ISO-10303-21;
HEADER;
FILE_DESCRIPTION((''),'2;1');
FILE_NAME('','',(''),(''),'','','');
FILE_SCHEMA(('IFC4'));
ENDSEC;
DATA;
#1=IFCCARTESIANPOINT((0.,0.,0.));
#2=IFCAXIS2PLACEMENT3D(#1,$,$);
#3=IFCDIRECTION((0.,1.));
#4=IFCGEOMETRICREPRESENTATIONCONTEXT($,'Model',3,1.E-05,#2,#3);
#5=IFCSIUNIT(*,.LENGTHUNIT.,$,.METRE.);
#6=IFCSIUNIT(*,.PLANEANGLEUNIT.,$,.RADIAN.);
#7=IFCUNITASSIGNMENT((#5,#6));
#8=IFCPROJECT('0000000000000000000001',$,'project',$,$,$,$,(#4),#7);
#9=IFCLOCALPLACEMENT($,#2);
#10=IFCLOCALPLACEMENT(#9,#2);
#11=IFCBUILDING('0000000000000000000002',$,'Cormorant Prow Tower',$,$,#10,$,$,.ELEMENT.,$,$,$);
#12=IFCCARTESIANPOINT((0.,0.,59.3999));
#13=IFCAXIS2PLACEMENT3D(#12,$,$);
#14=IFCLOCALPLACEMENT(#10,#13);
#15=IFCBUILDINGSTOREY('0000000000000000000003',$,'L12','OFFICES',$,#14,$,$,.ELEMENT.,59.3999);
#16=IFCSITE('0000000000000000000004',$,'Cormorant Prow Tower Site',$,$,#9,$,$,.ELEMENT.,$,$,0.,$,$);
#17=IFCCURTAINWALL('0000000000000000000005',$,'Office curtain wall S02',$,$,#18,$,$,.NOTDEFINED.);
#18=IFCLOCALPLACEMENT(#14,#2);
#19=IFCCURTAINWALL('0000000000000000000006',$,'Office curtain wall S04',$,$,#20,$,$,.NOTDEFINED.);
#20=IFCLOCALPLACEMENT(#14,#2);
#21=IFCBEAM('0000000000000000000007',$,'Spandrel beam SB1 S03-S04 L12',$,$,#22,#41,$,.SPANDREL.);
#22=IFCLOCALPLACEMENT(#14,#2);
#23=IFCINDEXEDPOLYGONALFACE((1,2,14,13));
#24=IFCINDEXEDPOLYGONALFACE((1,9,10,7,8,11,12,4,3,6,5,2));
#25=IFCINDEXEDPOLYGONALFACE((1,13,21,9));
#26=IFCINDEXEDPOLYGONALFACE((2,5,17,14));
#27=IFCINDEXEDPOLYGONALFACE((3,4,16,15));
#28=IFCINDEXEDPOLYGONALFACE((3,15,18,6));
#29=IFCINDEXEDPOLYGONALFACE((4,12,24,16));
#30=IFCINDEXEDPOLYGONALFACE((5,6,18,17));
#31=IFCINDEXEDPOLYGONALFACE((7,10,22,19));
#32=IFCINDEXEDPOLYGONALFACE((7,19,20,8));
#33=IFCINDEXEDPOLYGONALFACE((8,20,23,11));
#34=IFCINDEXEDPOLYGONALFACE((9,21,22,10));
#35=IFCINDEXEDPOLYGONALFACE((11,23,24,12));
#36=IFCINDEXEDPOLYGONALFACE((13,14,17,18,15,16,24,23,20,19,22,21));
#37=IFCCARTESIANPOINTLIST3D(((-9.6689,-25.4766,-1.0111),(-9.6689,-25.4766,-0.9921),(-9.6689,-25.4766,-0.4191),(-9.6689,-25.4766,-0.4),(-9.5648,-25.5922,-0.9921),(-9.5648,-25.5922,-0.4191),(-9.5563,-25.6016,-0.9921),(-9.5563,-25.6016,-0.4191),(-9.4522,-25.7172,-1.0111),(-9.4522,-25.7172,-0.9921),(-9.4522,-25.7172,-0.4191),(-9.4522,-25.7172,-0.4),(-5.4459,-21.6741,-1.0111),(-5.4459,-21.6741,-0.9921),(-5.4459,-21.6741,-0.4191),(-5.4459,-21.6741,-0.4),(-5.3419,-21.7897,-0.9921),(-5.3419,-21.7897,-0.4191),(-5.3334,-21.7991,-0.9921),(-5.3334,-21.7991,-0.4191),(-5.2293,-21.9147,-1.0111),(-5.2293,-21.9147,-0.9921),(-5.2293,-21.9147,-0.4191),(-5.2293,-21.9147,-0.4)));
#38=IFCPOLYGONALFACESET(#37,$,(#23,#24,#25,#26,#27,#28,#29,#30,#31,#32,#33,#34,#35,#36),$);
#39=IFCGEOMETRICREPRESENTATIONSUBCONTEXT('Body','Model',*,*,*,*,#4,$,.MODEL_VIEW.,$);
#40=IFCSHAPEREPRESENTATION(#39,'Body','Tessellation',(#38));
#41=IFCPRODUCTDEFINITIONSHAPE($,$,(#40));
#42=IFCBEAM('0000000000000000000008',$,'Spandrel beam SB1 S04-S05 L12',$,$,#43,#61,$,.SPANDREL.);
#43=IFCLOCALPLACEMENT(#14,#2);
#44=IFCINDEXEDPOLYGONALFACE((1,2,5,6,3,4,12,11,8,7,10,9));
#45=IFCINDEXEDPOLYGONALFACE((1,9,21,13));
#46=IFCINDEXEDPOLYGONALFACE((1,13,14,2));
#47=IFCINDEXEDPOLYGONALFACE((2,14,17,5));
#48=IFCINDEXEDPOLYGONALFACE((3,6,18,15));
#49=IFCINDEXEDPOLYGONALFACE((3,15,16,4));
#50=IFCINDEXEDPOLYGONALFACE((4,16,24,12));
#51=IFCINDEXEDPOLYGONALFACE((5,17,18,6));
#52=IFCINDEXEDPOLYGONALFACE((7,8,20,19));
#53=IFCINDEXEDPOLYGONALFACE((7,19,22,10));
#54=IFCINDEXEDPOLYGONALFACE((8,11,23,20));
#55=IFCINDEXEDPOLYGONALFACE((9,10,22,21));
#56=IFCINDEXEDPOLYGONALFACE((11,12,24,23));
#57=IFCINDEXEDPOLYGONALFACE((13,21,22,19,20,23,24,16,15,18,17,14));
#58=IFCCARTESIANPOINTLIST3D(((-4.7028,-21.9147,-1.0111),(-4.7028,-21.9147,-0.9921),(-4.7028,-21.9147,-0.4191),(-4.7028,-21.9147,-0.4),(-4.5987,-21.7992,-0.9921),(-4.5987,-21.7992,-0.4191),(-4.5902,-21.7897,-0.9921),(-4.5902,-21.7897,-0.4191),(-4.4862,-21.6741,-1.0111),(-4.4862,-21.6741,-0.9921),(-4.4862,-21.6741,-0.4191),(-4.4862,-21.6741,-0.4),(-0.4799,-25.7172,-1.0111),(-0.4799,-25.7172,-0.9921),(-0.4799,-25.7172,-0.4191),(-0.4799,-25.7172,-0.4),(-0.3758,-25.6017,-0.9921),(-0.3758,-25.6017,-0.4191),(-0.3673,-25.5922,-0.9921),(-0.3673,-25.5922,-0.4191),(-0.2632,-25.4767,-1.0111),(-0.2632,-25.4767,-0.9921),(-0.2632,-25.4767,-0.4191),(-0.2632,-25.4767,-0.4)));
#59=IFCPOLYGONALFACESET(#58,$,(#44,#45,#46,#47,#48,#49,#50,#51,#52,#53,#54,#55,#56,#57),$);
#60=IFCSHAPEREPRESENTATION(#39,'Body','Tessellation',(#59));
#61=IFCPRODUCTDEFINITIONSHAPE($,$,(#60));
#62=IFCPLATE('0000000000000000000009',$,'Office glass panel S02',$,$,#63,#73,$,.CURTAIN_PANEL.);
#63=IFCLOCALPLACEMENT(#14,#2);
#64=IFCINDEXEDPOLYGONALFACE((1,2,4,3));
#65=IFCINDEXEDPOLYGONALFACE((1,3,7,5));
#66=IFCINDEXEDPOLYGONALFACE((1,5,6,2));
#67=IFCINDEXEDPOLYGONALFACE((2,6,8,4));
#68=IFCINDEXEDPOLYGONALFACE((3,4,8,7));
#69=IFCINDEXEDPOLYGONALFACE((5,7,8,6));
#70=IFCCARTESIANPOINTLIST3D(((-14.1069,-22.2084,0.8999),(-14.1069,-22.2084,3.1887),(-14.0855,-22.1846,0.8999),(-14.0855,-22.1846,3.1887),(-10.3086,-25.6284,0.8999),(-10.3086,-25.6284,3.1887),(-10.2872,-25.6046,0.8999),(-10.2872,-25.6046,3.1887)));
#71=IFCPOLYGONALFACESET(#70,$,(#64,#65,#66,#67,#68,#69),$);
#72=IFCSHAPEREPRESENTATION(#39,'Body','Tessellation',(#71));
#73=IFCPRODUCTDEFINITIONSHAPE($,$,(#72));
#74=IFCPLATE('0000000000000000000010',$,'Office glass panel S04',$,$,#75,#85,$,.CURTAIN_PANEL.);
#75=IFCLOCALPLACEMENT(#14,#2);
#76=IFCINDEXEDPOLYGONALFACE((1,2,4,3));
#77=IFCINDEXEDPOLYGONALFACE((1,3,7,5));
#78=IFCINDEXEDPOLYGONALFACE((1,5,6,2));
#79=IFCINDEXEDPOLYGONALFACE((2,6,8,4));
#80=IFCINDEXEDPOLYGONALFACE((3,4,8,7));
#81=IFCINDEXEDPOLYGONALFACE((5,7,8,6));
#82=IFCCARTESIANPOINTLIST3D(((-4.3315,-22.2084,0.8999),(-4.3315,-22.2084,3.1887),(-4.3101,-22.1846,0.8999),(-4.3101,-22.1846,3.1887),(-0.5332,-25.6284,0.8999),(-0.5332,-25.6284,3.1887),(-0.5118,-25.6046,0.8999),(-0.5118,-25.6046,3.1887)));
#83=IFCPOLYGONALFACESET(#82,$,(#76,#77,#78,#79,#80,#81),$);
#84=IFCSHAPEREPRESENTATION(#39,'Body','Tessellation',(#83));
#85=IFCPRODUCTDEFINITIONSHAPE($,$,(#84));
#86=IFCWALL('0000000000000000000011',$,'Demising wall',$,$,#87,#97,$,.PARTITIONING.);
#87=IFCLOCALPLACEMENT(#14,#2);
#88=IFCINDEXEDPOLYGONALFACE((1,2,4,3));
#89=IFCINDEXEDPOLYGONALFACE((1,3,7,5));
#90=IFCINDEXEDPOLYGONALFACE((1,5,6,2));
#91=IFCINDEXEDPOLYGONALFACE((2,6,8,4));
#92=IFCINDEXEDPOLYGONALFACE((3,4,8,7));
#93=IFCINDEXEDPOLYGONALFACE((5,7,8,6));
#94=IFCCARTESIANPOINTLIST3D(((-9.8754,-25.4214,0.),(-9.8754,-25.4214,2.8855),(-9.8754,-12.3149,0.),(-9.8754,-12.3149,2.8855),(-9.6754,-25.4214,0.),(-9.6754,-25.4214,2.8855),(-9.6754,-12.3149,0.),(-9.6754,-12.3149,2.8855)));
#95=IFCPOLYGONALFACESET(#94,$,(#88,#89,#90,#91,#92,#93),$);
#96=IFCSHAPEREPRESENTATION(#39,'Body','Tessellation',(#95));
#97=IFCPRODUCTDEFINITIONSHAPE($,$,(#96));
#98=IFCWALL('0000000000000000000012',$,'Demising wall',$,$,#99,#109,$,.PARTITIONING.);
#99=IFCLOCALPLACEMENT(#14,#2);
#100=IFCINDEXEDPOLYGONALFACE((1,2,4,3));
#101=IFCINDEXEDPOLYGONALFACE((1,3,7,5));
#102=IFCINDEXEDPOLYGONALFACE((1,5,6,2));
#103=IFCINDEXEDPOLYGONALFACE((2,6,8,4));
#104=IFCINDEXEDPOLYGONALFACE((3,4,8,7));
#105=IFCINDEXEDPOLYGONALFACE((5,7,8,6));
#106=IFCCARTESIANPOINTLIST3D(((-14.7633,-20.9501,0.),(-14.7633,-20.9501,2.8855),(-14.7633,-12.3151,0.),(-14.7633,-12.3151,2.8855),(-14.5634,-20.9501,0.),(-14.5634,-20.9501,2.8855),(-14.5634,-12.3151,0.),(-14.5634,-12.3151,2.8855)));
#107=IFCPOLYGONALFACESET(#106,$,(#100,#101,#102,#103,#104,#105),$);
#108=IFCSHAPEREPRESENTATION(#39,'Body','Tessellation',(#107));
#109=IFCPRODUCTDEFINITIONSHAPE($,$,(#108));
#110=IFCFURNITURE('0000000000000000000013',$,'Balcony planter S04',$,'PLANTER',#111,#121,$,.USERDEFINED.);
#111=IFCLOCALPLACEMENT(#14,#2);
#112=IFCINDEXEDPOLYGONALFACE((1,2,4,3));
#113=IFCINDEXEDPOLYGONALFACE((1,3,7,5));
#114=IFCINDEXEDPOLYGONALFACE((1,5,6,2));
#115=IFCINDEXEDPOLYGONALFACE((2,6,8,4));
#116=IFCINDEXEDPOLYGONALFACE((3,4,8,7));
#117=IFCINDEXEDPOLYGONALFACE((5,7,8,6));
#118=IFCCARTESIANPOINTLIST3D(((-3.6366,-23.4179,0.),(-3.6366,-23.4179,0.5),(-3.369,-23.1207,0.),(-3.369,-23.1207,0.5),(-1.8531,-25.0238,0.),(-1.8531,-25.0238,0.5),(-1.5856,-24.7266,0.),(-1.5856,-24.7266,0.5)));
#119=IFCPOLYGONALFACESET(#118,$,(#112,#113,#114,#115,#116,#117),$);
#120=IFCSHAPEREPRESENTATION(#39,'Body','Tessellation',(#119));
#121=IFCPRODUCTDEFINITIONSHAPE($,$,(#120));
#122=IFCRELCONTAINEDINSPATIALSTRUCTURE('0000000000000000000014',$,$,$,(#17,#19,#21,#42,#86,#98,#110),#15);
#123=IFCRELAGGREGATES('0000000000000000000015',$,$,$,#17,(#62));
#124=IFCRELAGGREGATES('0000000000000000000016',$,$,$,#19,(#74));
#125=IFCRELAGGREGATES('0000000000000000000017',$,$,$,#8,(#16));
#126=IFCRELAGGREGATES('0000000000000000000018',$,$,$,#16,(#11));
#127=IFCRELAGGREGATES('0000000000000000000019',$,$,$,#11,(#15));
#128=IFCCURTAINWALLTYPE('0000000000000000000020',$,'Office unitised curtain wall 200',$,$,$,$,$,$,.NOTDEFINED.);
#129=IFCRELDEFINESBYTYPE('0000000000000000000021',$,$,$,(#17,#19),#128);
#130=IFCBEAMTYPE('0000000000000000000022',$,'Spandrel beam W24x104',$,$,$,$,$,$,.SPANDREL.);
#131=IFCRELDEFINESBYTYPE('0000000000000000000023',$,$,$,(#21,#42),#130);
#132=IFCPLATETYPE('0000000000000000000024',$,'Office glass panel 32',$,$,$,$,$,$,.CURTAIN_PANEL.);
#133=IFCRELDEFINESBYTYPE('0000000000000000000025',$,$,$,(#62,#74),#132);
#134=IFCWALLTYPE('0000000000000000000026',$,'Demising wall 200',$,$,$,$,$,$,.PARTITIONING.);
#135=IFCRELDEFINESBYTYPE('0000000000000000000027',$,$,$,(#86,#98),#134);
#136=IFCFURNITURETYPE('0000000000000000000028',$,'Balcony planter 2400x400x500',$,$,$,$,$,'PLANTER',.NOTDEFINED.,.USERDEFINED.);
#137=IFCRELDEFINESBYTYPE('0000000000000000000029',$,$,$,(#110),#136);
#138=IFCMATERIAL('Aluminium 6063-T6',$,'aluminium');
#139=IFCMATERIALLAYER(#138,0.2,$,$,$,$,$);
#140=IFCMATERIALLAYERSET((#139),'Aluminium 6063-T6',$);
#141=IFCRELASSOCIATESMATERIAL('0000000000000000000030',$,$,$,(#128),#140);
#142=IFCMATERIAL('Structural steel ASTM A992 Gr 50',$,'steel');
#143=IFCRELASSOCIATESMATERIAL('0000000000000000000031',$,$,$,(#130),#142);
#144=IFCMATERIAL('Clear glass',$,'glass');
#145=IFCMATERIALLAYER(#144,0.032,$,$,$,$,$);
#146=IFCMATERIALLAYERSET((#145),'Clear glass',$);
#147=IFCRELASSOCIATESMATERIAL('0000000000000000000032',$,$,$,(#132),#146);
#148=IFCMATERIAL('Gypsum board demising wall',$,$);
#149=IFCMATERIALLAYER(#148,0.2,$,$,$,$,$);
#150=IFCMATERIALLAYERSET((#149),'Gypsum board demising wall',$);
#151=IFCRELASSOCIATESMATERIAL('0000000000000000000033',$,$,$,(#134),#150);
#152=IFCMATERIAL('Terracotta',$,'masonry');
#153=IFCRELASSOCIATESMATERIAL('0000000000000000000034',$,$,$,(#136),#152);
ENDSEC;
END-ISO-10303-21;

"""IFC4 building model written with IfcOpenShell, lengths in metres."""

from ifc_helpers import new_model, si_unit, direction, frame, frame_2d, origin, origin_2d, place, context, subcontext, project, spatial, rectangle, i_section, extrude, material, layer, layer_set, material_profile, profile_set, type_object, element, aggregate, save


model = new_model("IFC4")

# Units and contexts
model_context = context("Model", 3, precision=1e-05, world=origin(), true_north=direction((0.0, 1.0)))
body_context = subcontext(model_context, "Body", "Model", "MODEL_VIEW")
ifc_project = project(units=[si_unit("LENGTHUNIT", "METRE"), si_unit("PLANEANGLEUNIT", "RADIAN")], contexts=[model_context])

# Site, building, storey
site_placement = place(None, origin())
site = spatial("IfcSite", under=ifc_project, at=site_placement, Name="Cormorant Prow Tower Site", CompositionType="ELEMENT", RefElevation=0.0)
building_placement = place(site_placement, origin())
building = spatial("IfcBuilding", under=site, at=building_placement, Name="Cormorant Prow Tower", CompositionType="ELEMENT")
storey_placement = place(building_placement, frame((0.0, 0.0, 59.3999)))
storey = spatial("IfcBuildingStorey", under=building, at=storey_placement, Name="L12", Description="OFFICES", CompositionType="ELEMENT", Elevation=59.3999)

# Curtain walls
ifc_material_1 = material(Name="Aluminium 6063-T6", Category="aluminium")
ifc_layer_1 = layer(ifc_material_1, 0.2)
ifc_layer_set_1 = layer_set([ifc_layer_1], Name="Aluminium 6063-T6")
curtain_wall_type = type_object("IfcCurtainWallType", Name="Office unitised curtain wall 200", PredefinedType="NOTDEFINED", material=ifc_layer_set_1)
curtain_wall_1_placement = place(storey_placement, origin())
curtain_wall_1 = element("IfcCurtainWall", 1, at=curtain_wall_1_placement, inside=storey, type_object=curtain_wall_type, Name="Office curtain wall S02", PredefinedType="NOTDEFINED")
curtain_wall_2_placement = place(storey_placement, origin())
curtain_wall_2 = element("IfcCurtainWall", 2, at=curtain_wall_2_placement, inside=storey, type_object=curtain_wall_type, Name="Office curtain wall S04", PredefinedType="NOTDEFINED")

# Beams
ifc_material_2 = material(Name="Structural steel ASTM A992 Gr 50", Category="steel")
ifc_material_profile_1 = material_profile(ifc_material_2, i_section(OverallWidth=0.3237, OverallDepth=0.6111, WebThickness=0.0127, FlangeThickness=0.019, at=origin_2d()), Name="W24x104")
ifc_profile_set_1 = profile_set([ifc_material_profile_1], Name="Structural steel ASTM A992 Gr 50")
beam_type_1 = type_object("IfcBeamType", Name="Spandrel beam W24x104", PredefinedType="SPANDREL", material=ifc_profile_set_1)
for number, where, z_axis, x_axis, name in (
    (3, (-9.5605, -25.5969, -0.7056), (0.74313, 0.669147, 0.0), (-0.669147, 0.74313, 0.0), "Spandrel beam SB1 S03-S04 L12"),
    (4, (-4.5945, -21.7944, -0.7056), (0.74313, -0.669147, 0.0), (0.669147, 0.74313, 0.0), "Spandrel beam SB1 S04-S05 L12"),
):
    element("IfcBeam", number, at=place(storey_placement, frame(where, z_axis=z_axis, x_axis=x_axis)), inside=storey, type_object=beam_type_1, Name=name, PredefinedType="SPANDREL", context=body_context, shape_type="SweptSolid", body=[
        extrude(i_section(OverallWidth=0.3237, OverallDepth=0.6111, WebThickness=0.0127, FlangeThickness=0.019, at=origin_2d()), origin(), (0.0, 0.0, 1.0), 5.6826),
    ])

# Plates
ifc_material_3 = material(Name="Clear glass", Category="glass")
ifc_layer_2 = layer(ifc_material_3, 0.032)
ifc_layer_set_2 = layer_set([ifc_layer_2], Name="Clear glass")
plate_type = type_object("IfcPlateType", Name="Office glass panel 32", PredefinedType="CURTAIN_PANEL", material=ifc_layer_set_2)
plate_1_placement = place(storey_placement, frame((-12.197, -23.9065, 0.8999), z_axis=(0.0, 0.0, 1.0), x_axis=(0.743145, -0.669131, 0.0)))
plate_1 = element("IfcPlate", 5, at=plate_1_placement, type_object=plate_type, Name="Office glass panel S02", PredefinedType="CURTAIN_PANEL", context=body_context, shape_type="SweptSolid", body=[
    extrude(rectangle(XDim=5.1111, YDim=0.032, at=origin_2d()), origin(), (0.0, 0.0, 1.0), 2.2888),
])
aggregate(curtain_wall_1, [plate_1])
plate_2_placement = place(storey_placement, frame((-2.4216, -23.9065, 0.8999), z_axis=(0.0, 0.0, 1.0), x_axis=(0.743145, -0.669131, 0.0)))
plate_2 = element("IfcPlate", 6, at=plate_2_placement, type_object=plate_type, Name="Office glass panel S04", PredefinedType="CURTAIN_PANEL", context=body_context, shape_type="SweptSolid", body=[
    extrude(rectangle(XDim=5.1111, YDim=0.032, at=origin_2d()), origin(), (0.0, 0.0, 1.0), 2.2888),
])
aggregate(curtain_wall_2, [plate_2])

# Walls
ifc_material_4 = material(Name="Gypsum board demising wall")
ifc_layer_3 = layer(ifc_material_4, 0.2)
ifc_layer_set_3 = layer_set([ifc_layer_3], Name="Gypsum board demising wall")
wall_type_1 = type_object("IfcWallType", Name="Demising wall 200", PredefinedType="PARTITIONING", material=ifc_layer_set_3)
wall_1_placement = place(storey_placement, frame((-9.7754, -25.4214, 0.0), z_axis=(0.0, 0.0, 1.0), x_axis=(0.0, 1.0, 0.0)))
element("IfcWall", 7, at=wall_1_placement, inside=storey, type_object=wall_type_1, Name="Demising wall", PredefinedType="PARTITIONING", context=body_context, shape_type="SweptSolid", body=[
    extrude(rectangle(XDim=13.1064, YDim=0.2, at=frame_2d((6.5532, 0.0))), origin(), (0.0, 0.0, 1.0), 2.8855),
])
wall_2_placement = place(storey_placement, frame((-14.6633, -20.95, 0.0), z_axis=(0.0, 0.0, 1.0), x_axis=(0.0, 1.0, 0.0)))
element("IfcWall", 8, at=wall_2_placement, inside=storey, type_object=wall_type_1, Name="Demising wall", PredefinedType="PARTITIONING", context=body_context, shape_type="SweptSolid", body=[
    extrude(rectangle(XDim=8.635, YDim=0.2, at=frame_2d((4.3174, 0.0))), origin(), (0.0, 0.0, 1.0), 2.8855),
])

# Furniture
ifc_material_5 = material(Name="Terracotta", Category="masonry")
furniture_type = type_object("IfcFurnitureType", Name="Balcony planter 2400x400x500", ElementType="PLANTER", AssemblyPlace="NOTDEFINED", PredefinedType="USERDEFINED", material=ifc_material_5)
furniture_placement = place(storey_placement, frame((-2.6111, -24.0723, 0.0), z_axis=(0.0, 0.0, 1.0), x_axis=(0.743145, -0.669131, 0.0)))
element("IfcFurniture", 9, at=furniture_placement, inside=storey, type_object=furniture_type, Name="Balcony planter S04", ObjectType="PLANTER", PredefinedType="USERDEFINED", context=body_context, shape_type="SweptSolid", body=[
    extrude(rectangle(XDim=2.3999, YDim=0.3999, at=origin_2d()), origin(), (0.0, 0.0, 1.0), 0.5),
])

save(model, "model.ifc")
